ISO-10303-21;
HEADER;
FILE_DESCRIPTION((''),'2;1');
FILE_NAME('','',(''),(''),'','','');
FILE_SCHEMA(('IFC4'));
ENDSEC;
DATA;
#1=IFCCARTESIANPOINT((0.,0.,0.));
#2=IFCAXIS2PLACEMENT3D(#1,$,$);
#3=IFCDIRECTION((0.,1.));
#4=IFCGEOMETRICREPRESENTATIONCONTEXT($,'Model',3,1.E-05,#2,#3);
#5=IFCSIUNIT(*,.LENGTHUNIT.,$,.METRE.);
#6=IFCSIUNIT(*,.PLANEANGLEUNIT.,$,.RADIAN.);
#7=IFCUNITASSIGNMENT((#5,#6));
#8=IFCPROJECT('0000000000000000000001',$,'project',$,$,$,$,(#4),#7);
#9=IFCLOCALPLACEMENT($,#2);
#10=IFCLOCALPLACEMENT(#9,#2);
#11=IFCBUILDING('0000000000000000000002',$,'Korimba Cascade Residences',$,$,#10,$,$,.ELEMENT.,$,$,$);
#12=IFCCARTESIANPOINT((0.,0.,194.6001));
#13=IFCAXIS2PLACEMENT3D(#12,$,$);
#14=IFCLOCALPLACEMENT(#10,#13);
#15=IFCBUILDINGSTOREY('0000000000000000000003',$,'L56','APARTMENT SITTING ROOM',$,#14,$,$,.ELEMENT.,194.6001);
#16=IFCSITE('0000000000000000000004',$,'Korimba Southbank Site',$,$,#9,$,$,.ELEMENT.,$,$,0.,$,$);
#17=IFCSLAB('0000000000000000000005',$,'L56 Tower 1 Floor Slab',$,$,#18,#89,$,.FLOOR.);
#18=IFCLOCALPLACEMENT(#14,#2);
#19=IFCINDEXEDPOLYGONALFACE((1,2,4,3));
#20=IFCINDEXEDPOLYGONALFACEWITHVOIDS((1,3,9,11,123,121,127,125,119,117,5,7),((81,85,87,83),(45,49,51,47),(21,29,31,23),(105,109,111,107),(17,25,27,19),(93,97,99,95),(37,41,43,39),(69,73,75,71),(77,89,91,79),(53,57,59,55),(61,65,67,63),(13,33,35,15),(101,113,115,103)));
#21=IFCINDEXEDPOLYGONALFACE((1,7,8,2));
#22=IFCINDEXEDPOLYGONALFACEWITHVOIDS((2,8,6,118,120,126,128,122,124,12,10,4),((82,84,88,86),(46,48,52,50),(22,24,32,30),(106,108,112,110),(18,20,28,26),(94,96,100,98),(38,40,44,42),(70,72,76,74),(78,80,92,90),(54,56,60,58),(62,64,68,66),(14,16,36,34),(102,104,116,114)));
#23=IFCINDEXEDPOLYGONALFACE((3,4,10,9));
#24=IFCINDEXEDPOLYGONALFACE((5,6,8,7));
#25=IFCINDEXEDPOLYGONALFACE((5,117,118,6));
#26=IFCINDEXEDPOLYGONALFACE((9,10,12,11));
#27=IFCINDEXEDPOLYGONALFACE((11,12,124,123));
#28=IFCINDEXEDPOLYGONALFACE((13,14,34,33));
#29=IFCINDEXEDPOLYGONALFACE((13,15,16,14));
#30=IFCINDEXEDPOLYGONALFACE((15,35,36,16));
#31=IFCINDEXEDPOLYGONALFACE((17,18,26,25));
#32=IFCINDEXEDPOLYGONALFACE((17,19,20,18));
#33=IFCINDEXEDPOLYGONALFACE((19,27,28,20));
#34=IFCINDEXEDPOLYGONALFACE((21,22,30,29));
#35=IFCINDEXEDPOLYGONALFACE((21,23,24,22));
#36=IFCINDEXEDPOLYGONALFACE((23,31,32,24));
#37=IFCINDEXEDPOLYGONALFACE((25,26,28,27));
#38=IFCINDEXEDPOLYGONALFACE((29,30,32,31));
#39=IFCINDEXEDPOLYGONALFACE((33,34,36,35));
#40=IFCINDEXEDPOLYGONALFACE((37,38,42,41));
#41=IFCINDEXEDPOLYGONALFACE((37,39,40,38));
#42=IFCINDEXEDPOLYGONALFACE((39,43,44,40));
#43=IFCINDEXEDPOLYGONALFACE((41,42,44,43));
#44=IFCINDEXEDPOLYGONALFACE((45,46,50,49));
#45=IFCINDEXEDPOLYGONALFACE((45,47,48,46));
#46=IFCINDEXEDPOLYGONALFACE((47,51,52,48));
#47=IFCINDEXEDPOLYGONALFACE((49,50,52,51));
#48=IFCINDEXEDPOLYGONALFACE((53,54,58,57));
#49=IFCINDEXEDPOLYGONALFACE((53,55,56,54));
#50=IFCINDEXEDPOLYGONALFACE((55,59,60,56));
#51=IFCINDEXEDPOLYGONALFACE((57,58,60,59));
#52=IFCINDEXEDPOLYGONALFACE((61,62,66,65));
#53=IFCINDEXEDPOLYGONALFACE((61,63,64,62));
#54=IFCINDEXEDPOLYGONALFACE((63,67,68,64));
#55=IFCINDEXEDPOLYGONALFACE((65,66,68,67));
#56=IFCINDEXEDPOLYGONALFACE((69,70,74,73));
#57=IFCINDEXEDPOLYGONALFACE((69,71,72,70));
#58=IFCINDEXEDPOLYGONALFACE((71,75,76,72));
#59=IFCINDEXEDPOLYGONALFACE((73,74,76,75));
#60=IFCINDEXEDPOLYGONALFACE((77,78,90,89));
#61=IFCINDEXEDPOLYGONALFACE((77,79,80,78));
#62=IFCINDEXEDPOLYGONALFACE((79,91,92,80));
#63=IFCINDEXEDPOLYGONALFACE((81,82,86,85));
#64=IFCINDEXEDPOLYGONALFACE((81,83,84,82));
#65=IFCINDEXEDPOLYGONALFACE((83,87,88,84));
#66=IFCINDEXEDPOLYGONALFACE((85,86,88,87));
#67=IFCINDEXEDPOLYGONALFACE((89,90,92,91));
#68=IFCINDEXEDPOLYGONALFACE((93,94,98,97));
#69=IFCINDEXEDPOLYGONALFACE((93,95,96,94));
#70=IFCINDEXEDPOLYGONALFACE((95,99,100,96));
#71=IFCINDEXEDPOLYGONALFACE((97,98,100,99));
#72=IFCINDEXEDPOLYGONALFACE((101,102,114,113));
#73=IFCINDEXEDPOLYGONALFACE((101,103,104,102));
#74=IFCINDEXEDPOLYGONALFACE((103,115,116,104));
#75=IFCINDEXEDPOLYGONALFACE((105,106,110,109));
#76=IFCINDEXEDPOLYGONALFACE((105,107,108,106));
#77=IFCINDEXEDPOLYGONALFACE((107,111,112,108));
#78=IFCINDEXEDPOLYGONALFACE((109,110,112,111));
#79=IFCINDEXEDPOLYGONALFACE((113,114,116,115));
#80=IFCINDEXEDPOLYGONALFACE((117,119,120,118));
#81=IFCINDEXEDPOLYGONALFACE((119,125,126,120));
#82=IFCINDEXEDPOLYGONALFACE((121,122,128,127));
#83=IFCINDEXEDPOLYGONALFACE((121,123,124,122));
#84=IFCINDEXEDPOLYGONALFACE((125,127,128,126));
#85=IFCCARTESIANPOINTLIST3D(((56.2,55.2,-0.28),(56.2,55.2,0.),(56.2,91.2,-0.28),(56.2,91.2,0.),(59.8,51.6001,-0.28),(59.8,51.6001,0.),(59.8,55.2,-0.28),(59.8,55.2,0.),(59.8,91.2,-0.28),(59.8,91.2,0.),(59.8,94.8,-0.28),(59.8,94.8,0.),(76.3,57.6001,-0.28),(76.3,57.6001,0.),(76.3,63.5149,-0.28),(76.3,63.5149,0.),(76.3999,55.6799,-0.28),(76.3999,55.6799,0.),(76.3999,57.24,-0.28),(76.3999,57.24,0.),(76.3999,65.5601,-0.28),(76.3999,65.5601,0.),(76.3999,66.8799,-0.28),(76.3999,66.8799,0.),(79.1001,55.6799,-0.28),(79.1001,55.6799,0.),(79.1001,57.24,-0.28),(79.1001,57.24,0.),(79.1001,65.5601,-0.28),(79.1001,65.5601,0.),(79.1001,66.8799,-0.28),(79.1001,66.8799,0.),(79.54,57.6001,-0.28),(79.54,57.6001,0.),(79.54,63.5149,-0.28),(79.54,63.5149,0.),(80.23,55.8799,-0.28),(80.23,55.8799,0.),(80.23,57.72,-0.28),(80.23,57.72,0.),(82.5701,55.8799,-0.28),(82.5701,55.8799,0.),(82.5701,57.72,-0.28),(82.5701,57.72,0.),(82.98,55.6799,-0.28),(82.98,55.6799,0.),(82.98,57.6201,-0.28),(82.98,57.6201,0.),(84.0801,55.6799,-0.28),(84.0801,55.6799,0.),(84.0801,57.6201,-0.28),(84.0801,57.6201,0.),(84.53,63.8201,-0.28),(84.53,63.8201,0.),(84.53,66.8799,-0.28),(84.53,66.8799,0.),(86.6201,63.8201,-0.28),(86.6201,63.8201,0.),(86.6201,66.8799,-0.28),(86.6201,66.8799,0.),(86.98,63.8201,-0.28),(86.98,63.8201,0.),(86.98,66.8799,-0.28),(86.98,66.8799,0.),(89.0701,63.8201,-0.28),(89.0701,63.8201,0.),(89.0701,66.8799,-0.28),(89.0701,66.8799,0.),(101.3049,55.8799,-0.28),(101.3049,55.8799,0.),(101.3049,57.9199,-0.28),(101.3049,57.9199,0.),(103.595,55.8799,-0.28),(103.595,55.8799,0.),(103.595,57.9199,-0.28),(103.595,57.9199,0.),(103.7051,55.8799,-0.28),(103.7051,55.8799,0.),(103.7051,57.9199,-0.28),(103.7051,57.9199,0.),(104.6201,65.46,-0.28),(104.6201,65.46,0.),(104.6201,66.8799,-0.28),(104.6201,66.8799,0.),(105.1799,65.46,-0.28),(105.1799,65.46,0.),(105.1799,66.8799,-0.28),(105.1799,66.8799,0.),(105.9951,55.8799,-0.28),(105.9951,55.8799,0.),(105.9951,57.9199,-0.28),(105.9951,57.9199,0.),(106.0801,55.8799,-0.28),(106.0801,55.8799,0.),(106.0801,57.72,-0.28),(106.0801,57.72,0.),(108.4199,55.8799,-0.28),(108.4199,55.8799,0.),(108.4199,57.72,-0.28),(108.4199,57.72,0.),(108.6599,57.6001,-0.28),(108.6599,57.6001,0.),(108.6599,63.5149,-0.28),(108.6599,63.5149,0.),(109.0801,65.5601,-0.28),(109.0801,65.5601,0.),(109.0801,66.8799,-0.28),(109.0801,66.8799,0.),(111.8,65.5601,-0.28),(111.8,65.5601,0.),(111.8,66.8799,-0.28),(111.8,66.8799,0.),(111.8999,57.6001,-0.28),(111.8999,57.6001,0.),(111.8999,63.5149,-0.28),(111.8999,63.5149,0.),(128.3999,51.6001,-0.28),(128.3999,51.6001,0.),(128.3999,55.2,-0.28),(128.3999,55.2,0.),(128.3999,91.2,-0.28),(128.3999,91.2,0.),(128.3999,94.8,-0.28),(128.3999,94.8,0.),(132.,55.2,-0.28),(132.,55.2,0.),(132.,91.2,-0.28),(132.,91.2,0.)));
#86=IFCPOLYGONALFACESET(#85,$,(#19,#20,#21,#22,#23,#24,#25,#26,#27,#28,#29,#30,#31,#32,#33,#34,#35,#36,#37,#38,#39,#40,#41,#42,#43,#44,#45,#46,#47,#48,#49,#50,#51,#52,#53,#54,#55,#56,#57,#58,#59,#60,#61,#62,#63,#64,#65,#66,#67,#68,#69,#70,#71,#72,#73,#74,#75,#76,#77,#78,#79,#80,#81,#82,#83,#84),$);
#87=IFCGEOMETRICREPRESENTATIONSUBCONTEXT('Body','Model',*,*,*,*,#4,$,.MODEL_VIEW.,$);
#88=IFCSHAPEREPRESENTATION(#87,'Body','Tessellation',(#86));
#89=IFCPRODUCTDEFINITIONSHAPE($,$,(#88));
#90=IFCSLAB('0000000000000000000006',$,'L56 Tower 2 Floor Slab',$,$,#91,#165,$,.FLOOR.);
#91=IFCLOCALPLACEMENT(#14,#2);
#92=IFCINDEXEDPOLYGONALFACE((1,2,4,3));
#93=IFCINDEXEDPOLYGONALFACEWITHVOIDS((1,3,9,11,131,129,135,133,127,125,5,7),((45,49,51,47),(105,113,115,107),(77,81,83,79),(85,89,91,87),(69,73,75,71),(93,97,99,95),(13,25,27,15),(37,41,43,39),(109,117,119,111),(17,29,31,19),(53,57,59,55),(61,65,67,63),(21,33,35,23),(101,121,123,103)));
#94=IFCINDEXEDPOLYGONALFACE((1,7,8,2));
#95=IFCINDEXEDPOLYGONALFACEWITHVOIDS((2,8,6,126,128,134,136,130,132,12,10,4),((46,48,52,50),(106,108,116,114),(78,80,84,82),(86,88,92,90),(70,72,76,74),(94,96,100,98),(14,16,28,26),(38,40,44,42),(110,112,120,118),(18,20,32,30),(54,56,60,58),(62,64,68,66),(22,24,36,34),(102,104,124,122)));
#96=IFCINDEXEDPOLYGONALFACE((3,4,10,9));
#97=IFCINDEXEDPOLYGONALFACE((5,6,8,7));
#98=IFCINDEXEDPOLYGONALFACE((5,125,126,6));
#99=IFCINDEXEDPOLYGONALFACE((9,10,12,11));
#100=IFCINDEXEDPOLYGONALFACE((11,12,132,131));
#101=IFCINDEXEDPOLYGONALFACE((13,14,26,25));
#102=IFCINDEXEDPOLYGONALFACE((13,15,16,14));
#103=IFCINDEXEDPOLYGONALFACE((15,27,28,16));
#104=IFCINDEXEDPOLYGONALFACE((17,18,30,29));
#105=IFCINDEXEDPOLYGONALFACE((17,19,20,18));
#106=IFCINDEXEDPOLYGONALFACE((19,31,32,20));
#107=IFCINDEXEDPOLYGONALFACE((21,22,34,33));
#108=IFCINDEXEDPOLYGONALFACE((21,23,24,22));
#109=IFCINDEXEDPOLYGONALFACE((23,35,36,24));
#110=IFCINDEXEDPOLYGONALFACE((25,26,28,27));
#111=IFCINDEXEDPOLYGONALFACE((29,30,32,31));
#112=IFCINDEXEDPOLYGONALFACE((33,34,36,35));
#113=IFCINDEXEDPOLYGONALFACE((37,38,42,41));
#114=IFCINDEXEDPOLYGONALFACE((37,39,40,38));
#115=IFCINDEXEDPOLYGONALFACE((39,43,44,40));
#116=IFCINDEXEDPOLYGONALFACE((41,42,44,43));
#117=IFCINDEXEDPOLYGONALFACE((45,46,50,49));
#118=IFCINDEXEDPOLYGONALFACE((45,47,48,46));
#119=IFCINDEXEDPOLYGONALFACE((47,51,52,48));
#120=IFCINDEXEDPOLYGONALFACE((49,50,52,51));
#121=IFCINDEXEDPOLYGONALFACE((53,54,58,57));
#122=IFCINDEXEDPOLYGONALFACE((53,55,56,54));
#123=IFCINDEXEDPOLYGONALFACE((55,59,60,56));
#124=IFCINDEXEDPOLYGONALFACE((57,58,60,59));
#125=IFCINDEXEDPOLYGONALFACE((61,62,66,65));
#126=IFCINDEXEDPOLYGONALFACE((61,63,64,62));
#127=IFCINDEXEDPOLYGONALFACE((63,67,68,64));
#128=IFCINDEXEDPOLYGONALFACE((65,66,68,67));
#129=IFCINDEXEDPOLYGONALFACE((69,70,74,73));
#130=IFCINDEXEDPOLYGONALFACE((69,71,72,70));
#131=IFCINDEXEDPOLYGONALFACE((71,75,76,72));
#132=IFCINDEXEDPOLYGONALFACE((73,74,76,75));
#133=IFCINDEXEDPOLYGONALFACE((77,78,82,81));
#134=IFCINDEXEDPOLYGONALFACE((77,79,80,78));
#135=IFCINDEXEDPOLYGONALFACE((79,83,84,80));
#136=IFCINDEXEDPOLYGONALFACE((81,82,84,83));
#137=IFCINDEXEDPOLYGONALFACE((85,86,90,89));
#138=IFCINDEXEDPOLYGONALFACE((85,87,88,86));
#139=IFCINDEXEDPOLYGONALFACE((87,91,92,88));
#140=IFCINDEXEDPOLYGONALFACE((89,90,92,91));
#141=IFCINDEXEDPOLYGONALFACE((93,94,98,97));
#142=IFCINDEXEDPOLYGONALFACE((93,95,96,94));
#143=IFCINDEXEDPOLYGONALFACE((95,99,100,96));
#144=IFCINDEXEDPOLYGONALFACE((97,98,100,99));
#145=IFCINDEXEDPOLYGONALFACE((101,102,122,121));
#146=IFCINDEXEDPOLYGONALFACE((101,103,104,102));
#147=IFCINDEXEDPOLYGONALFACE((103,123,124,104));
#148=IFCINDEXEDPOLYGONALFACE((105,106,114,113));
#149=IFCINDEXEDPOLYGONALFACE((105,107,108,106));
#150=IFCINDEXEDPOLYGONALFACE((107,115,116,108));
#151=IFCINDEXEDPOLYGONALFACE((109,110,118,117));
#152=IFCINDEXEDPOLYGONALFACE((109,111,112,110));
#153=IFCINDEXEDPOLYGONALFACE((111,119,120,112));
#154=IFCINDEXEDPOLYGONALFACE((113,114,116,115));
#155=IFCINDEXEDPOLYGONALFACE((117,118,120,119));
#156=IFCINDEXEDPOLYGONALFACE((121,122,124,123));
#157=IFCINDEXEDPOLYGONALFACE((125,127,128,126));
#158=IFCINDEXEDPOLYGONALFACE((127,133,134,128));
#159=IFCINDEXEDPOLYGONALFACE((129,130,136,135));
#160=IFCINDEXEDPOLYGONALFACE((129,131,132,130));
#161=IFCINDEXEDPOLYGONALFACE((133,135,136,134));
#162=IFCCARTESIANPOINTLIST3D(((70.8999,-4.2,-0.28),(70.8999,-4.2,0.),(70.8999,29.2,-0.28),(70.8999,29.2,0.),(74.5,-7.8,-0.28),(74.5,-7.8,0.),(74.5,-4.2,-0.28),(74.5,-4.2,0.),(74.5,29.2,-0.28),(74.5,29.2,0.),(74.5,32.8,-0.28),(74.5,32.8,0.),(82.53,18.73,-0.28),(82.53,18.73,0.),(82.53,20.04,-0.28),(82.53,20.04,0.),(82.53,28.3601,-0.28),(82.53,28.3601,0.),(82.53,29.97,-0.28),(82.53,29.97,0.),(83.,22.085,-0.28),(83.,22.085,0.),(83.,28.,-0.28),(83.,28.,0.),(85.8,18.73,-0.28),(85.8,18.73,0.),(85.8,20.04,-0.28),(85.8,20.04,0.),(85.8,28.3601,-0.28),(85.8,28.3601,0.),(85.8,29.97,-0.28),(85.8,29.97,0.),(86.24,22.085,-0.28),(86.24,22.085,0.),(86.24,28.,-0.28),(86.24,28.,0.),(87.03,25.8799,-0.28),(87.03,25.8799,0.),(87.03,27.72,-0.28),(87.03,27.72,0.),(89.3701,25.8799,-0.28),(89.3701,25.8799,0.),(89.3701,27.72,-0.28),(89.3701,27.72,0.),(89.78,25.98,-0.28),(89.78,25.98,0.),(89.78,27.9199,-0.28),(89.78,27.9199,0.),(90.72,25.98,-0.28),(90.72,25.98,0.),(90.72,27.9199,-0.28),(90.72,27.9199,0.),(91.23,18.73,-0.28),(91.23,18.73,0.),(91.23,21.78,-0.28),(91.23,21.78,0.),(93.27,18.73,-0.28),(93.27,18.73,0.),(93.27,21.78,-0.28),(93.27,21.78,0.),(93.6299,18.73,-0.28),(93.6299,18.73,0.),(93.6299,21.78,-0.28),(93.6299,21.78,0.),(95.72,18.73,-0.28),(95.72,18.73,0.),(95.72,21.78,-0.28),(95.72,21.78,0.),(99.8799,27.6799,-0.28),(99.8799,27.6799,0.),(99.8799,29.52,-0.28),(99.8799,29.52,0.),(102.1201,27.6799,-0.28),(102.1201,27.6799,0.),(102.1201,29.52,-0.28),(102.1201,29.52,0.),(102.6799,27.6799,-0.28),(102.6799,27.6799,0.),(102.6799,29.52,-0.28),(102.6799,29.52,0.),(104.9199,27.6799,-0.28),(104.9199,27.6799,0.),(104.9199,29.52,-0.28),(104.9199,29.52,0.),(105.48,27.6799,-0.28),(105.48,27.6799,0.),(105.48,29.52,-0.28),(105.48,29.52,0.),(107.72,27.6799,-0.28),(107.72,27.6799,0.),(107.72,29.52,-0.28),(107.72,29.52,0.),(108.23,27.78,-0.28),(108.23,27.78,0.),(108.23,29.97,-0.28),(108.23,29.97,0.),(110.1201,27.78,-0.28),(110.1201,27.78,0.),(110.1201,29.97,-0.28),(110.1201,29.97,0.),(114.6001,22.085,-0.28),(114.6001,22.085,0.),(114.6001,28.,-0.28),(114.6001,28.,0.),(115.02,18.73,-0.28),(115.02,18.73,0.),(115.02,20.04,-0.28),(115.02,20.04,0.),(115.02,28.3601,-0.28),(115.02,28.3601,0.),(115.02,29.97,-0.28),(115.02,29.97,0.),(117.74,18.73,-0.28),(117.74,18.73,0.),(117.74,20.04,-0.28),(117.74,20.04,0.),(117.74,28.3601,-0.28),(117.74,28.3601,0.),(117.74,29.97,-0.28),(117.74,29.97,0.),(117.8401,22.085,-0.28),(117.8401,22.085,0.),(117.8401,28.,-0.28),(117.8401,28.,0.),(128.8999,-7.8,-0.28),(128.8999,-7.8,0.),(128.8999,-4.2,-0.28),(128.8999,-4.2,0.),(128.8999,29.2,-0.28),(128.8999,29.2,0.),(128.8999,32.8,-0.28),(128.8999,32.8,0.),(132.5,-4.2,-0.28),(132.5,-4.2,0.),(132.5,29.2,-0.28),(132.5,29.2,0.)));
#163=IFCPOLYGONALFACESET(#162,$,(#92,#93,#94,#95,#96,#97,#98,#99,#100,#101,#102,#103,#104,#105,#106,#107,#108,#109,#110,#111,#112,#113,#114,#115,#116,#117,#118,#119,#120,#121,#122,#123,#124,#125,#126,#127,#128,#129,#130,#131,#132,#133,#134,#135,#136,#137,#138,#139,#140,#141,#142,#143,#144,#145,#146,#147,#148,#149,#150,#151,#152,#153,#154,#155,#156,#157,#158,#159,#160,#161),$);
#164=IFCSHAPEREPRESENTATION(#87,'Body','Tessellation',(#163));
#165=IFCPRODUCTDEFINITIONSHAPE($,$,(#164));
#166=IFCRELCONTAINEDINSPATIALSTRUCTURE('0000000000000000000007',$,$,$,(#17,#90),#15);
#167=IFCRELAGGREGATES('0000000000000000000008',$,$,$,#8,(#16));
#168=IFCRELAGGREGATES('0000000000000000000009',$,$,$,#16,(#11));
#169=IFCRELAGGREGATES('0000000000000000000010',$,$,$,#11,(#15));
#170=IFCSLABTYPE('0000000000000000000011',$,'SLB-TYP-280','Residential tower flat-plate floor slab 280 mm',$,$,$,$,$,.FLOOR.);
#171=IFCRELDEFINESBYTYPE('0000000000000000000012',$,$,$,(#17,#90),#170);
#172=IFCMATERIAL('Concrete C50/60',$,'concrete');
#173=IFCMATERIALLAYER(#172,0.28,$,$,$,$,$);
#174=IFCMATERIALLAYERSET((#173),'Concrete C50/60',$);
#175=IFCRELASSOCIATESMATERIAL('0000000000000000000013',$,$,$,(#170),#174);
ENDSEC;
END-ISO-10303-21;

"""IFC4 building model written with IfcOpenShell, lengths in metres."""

from ifc_helpers import new_model, si_unit, direction, frame, origin, place, context, subcontext, project, spatial, polyline, outline, extrude, material, layer, layer_set, type_object, element, save


model = new_model("IFC4")

# Units and contexts
model_context = context("Model", 3, precision=1e-05, world=origin(), true_north=direction((0.0, 1.0)))
body_context = subcontext(model_context, "Body", "Model", "MODEL_VIEW")
ifc_project = project(units=[si_unit("LENGTHUNIT", "METRE"), si_unit("PLANEANGLEUNIT", "RADIAN")], contexts=[model_context])

# Site, building, storey
site_placement = place(None, origin())
site = spatial("IfcSite", under=ifc_project, at=site_placement, Name="Korimba Southbank Site", CompositionType="ELEMENT", RefElevation=0.0)
building_placement = place(site_placement, origin())
building = spatial("IfcBuilding", under=site, at=building_placement, Name="Korimba Cascade Residences", CompositionType="ELEMENT")
storey_placement = place(building_placement, frame((0.0, 0.0, 194.6001)))
storey = spatial("IfcBuildingStorey", under=building, at=storey_placement, Name="L56", Description="APARTMENT SITTING ROOM", CompositionType="ELEMENT", Elevation=194.6001)

# Shared definitions
ifc_material_1 = material(Name="Concrete C50/60", Category="concrete")

# Slabs
ifc_layer_1 = layer(ifc_material_1, 0.28)
ifc_layer_set_1 = layer_set([ifc_layer_1], Name="Concrete C50/60")
slab_type_1 = type_object("IfcSlabType", Name="SLB-TYP-280", Description="Residential tower flat-plate floor slab 280 mm", PredefinedType="FLOOR", material=ifc_layer_set_1)
slab_1_placement = place(storey_placement, frame((0.0, 0.0, -0.28)))
element("IfcSlab", 1, at=slab_1_placement, inside=storey, type_object=slab_type_1, Name="L56 Tower 1 Floor Slab", PredefinedType="FLOOR", context=body_context, shape_type="SweptSolid", body=[
    extrude(outline(polyline([(59.8, 51.6001), (128.3999, 51.6001), (128.3999, 55.2), (132.0, 55.2), (132.0, 91.2), (128.3999, 91.2), (128.3999, 94.8), (59.8, 94.8), (59.8, 91.2), (56.2, 91.2), (56.2, 55.2), (59.8, 55.2), (59.8, 51.6001)]), holes=[polyline([(76.3, 63.5149), (76.3, 57.6001), (79.54, 57.6001), (79.54, 63.5149), (76.3, 63.5149)]), polyline([(108.6599, 63.5149), (108.6599, 57.6001), (111.8999, 57.6001), (111.8999, 63.5149), (108.6599, 63.5149)]), polyline([(80.23, 55.8799), (82.5701, 55.8799), (82.5701, 57.72), (80.23, 57.72), (80.23, 55.8799)]), polyline([(106.0801, 55.8799), (108.4199, 55.8799), (108.4199, 57.72), (106.0801, 57.72), (106.0801, 55.8799)]), polyline([(101.3049, 55.8799), (103.595, 55.8799), (103.595, 57.9199), (101.3049, 57.9199), (101.3049, 55.8799)]), polyline([(103.7051, 55.8799), (105.9951, 55.8799), (105.9951, 57.9199), (103.7051, 57.9199), (103.7051, 55.8799)]), polyline([(82.98, 55.6799), (84.0801, 55.6799), (84.0801, 57.6201), (82.98, 57.6201), (82.98, 55.6799)]), polyline([(76.3999, 65.5601), (79.1001, 65.5601), (79.1001, 66.8799), (76.3999, 66.8799), (76.3999, 65.5601)]), polyline([(76.3999, 55.6799), (79.1001, 55.6799), (79.1001, 57.24), (76.3999, 57.24), (76.3999, 55.6799)]), polyline([(84.53, 63.8201), (86.6201, 63.8201), (86.6201, 66.8799), (84.53, 66.8799), (84.53, 63.8201)]), polyline([(86.98, 63.8201), (89.0701, 63.8201), (89.0701, 66.8799), (86.98, 66.8799), (86.98, 63.8201)]), polyline([(104.6201, 65.46), (105.1799, 65.46), (105.1799, 66.8799), (104.6201, 66.8799), (104.6201, 65.46)]), polyline([(109.0801, 65.5601), (111.8, 65.5601), (111.8, 66.8799), (109.0801, 66.8799), (109.0801, 65.5601)])]), origin(), (0.0, 0.0, 1.0), 0.28),
])
slab_2_placement = place(storey_placement, frame((0.0, 0.0, -0.28)))
element("IfcSlab", 2, at=slab_2_placement, inside=storey, type_object=slab_type_1, Name="L56 Tower 2 Floor Slab", PredefinedType="FLOOR", context=body_context, shape_type="SweptSolid", body=[
    extrude(outline(polyline([(74.5, -7.8), (128.8999, -7.8), (128.8999, -4.2), (132.5, -4.2), (132.5, 29.2), (128.8999, 29.2), (128.8999, 32.8), (74.5, 32.8), (74.5, 29.2), (70.8999, 29.2), (70.8999, -4.2), (74.5, -4.2), (74.5, -7.8)]), holes=[polyline([(86.24, 22.085), (86.24, 28.0), (83.0, 28.0), (83.0, 22.085), (86.24, 22.085)]), polyline([(117.8401, 22.085), (117.8401, 28.0), (114.6001, 28.0), (114.6001, 22.085), (117.8401, 22.085)]), polyline([(87.03, 25.8799), (89.3701, 25.8799), (89.3701, 27.72), (87.03, 27.72), (87.03, 25.8799)]), polyline([(99.8799, 27.6799), (102.1201, 27.6799), (102.1201, 29.52), (99.8799, 29.52), (99.8799, 27.6799)]), polyline([(102.6799, 27.6799), (104.9199, 27.6799), (104.9199, 29.52), (102.6799, 29.52), (102.6799, 27.6799)]), polyline([(105.48, 27.6799), (107.72, 27.6799), (107.72, 29.52), (105.48, 29.52), (105.48, 27.6799)]), polyline([(89.78, 25.98), (90.72, 25.98), (90.72, 27.9199), (89.78, 27.9199), (89.78, 25.98)]), polyline([(82.53, 18.73), (85.8, 18.73), (85.8, 20.04), (82.53, 20.04), (82.53, 18.73)]), polyline([(82.53, 28.3601), (85.8, 28.3601), (85.8, 29.97), (82.53, 29.97), (82.53, 28.3601)]), polyline([(108.23, 27.78), (110.1201, 27.78), (110.1201, 29.97), (108.23, 29.97), (108.23, 27.78)]), polyline([(91.23, 18.73), (93.27, 18.73), (93.27, 21.78), (91.23, 21.78), (91.23, 18.73)]), polyline([(93.6299, 18.73), (95.72, 18.73), (95.72, 21.78), (93.6299, 21.78), (93.6299, 18.73)]), polyline([(115.02, 18.73), (117.74, 18.73), (117.74, 20.04), (115.02, 20.04), (115.02, 18.73)]), polyline([(115.02, 28.3601), (117.74, 28.3601), (117.74, 29.97), (115.02, 29.97), (115.02, 28.3601)])]), origin(), (0.0, 0.0, 1.0), 0.28),
])

save(model, "model.ifc")
